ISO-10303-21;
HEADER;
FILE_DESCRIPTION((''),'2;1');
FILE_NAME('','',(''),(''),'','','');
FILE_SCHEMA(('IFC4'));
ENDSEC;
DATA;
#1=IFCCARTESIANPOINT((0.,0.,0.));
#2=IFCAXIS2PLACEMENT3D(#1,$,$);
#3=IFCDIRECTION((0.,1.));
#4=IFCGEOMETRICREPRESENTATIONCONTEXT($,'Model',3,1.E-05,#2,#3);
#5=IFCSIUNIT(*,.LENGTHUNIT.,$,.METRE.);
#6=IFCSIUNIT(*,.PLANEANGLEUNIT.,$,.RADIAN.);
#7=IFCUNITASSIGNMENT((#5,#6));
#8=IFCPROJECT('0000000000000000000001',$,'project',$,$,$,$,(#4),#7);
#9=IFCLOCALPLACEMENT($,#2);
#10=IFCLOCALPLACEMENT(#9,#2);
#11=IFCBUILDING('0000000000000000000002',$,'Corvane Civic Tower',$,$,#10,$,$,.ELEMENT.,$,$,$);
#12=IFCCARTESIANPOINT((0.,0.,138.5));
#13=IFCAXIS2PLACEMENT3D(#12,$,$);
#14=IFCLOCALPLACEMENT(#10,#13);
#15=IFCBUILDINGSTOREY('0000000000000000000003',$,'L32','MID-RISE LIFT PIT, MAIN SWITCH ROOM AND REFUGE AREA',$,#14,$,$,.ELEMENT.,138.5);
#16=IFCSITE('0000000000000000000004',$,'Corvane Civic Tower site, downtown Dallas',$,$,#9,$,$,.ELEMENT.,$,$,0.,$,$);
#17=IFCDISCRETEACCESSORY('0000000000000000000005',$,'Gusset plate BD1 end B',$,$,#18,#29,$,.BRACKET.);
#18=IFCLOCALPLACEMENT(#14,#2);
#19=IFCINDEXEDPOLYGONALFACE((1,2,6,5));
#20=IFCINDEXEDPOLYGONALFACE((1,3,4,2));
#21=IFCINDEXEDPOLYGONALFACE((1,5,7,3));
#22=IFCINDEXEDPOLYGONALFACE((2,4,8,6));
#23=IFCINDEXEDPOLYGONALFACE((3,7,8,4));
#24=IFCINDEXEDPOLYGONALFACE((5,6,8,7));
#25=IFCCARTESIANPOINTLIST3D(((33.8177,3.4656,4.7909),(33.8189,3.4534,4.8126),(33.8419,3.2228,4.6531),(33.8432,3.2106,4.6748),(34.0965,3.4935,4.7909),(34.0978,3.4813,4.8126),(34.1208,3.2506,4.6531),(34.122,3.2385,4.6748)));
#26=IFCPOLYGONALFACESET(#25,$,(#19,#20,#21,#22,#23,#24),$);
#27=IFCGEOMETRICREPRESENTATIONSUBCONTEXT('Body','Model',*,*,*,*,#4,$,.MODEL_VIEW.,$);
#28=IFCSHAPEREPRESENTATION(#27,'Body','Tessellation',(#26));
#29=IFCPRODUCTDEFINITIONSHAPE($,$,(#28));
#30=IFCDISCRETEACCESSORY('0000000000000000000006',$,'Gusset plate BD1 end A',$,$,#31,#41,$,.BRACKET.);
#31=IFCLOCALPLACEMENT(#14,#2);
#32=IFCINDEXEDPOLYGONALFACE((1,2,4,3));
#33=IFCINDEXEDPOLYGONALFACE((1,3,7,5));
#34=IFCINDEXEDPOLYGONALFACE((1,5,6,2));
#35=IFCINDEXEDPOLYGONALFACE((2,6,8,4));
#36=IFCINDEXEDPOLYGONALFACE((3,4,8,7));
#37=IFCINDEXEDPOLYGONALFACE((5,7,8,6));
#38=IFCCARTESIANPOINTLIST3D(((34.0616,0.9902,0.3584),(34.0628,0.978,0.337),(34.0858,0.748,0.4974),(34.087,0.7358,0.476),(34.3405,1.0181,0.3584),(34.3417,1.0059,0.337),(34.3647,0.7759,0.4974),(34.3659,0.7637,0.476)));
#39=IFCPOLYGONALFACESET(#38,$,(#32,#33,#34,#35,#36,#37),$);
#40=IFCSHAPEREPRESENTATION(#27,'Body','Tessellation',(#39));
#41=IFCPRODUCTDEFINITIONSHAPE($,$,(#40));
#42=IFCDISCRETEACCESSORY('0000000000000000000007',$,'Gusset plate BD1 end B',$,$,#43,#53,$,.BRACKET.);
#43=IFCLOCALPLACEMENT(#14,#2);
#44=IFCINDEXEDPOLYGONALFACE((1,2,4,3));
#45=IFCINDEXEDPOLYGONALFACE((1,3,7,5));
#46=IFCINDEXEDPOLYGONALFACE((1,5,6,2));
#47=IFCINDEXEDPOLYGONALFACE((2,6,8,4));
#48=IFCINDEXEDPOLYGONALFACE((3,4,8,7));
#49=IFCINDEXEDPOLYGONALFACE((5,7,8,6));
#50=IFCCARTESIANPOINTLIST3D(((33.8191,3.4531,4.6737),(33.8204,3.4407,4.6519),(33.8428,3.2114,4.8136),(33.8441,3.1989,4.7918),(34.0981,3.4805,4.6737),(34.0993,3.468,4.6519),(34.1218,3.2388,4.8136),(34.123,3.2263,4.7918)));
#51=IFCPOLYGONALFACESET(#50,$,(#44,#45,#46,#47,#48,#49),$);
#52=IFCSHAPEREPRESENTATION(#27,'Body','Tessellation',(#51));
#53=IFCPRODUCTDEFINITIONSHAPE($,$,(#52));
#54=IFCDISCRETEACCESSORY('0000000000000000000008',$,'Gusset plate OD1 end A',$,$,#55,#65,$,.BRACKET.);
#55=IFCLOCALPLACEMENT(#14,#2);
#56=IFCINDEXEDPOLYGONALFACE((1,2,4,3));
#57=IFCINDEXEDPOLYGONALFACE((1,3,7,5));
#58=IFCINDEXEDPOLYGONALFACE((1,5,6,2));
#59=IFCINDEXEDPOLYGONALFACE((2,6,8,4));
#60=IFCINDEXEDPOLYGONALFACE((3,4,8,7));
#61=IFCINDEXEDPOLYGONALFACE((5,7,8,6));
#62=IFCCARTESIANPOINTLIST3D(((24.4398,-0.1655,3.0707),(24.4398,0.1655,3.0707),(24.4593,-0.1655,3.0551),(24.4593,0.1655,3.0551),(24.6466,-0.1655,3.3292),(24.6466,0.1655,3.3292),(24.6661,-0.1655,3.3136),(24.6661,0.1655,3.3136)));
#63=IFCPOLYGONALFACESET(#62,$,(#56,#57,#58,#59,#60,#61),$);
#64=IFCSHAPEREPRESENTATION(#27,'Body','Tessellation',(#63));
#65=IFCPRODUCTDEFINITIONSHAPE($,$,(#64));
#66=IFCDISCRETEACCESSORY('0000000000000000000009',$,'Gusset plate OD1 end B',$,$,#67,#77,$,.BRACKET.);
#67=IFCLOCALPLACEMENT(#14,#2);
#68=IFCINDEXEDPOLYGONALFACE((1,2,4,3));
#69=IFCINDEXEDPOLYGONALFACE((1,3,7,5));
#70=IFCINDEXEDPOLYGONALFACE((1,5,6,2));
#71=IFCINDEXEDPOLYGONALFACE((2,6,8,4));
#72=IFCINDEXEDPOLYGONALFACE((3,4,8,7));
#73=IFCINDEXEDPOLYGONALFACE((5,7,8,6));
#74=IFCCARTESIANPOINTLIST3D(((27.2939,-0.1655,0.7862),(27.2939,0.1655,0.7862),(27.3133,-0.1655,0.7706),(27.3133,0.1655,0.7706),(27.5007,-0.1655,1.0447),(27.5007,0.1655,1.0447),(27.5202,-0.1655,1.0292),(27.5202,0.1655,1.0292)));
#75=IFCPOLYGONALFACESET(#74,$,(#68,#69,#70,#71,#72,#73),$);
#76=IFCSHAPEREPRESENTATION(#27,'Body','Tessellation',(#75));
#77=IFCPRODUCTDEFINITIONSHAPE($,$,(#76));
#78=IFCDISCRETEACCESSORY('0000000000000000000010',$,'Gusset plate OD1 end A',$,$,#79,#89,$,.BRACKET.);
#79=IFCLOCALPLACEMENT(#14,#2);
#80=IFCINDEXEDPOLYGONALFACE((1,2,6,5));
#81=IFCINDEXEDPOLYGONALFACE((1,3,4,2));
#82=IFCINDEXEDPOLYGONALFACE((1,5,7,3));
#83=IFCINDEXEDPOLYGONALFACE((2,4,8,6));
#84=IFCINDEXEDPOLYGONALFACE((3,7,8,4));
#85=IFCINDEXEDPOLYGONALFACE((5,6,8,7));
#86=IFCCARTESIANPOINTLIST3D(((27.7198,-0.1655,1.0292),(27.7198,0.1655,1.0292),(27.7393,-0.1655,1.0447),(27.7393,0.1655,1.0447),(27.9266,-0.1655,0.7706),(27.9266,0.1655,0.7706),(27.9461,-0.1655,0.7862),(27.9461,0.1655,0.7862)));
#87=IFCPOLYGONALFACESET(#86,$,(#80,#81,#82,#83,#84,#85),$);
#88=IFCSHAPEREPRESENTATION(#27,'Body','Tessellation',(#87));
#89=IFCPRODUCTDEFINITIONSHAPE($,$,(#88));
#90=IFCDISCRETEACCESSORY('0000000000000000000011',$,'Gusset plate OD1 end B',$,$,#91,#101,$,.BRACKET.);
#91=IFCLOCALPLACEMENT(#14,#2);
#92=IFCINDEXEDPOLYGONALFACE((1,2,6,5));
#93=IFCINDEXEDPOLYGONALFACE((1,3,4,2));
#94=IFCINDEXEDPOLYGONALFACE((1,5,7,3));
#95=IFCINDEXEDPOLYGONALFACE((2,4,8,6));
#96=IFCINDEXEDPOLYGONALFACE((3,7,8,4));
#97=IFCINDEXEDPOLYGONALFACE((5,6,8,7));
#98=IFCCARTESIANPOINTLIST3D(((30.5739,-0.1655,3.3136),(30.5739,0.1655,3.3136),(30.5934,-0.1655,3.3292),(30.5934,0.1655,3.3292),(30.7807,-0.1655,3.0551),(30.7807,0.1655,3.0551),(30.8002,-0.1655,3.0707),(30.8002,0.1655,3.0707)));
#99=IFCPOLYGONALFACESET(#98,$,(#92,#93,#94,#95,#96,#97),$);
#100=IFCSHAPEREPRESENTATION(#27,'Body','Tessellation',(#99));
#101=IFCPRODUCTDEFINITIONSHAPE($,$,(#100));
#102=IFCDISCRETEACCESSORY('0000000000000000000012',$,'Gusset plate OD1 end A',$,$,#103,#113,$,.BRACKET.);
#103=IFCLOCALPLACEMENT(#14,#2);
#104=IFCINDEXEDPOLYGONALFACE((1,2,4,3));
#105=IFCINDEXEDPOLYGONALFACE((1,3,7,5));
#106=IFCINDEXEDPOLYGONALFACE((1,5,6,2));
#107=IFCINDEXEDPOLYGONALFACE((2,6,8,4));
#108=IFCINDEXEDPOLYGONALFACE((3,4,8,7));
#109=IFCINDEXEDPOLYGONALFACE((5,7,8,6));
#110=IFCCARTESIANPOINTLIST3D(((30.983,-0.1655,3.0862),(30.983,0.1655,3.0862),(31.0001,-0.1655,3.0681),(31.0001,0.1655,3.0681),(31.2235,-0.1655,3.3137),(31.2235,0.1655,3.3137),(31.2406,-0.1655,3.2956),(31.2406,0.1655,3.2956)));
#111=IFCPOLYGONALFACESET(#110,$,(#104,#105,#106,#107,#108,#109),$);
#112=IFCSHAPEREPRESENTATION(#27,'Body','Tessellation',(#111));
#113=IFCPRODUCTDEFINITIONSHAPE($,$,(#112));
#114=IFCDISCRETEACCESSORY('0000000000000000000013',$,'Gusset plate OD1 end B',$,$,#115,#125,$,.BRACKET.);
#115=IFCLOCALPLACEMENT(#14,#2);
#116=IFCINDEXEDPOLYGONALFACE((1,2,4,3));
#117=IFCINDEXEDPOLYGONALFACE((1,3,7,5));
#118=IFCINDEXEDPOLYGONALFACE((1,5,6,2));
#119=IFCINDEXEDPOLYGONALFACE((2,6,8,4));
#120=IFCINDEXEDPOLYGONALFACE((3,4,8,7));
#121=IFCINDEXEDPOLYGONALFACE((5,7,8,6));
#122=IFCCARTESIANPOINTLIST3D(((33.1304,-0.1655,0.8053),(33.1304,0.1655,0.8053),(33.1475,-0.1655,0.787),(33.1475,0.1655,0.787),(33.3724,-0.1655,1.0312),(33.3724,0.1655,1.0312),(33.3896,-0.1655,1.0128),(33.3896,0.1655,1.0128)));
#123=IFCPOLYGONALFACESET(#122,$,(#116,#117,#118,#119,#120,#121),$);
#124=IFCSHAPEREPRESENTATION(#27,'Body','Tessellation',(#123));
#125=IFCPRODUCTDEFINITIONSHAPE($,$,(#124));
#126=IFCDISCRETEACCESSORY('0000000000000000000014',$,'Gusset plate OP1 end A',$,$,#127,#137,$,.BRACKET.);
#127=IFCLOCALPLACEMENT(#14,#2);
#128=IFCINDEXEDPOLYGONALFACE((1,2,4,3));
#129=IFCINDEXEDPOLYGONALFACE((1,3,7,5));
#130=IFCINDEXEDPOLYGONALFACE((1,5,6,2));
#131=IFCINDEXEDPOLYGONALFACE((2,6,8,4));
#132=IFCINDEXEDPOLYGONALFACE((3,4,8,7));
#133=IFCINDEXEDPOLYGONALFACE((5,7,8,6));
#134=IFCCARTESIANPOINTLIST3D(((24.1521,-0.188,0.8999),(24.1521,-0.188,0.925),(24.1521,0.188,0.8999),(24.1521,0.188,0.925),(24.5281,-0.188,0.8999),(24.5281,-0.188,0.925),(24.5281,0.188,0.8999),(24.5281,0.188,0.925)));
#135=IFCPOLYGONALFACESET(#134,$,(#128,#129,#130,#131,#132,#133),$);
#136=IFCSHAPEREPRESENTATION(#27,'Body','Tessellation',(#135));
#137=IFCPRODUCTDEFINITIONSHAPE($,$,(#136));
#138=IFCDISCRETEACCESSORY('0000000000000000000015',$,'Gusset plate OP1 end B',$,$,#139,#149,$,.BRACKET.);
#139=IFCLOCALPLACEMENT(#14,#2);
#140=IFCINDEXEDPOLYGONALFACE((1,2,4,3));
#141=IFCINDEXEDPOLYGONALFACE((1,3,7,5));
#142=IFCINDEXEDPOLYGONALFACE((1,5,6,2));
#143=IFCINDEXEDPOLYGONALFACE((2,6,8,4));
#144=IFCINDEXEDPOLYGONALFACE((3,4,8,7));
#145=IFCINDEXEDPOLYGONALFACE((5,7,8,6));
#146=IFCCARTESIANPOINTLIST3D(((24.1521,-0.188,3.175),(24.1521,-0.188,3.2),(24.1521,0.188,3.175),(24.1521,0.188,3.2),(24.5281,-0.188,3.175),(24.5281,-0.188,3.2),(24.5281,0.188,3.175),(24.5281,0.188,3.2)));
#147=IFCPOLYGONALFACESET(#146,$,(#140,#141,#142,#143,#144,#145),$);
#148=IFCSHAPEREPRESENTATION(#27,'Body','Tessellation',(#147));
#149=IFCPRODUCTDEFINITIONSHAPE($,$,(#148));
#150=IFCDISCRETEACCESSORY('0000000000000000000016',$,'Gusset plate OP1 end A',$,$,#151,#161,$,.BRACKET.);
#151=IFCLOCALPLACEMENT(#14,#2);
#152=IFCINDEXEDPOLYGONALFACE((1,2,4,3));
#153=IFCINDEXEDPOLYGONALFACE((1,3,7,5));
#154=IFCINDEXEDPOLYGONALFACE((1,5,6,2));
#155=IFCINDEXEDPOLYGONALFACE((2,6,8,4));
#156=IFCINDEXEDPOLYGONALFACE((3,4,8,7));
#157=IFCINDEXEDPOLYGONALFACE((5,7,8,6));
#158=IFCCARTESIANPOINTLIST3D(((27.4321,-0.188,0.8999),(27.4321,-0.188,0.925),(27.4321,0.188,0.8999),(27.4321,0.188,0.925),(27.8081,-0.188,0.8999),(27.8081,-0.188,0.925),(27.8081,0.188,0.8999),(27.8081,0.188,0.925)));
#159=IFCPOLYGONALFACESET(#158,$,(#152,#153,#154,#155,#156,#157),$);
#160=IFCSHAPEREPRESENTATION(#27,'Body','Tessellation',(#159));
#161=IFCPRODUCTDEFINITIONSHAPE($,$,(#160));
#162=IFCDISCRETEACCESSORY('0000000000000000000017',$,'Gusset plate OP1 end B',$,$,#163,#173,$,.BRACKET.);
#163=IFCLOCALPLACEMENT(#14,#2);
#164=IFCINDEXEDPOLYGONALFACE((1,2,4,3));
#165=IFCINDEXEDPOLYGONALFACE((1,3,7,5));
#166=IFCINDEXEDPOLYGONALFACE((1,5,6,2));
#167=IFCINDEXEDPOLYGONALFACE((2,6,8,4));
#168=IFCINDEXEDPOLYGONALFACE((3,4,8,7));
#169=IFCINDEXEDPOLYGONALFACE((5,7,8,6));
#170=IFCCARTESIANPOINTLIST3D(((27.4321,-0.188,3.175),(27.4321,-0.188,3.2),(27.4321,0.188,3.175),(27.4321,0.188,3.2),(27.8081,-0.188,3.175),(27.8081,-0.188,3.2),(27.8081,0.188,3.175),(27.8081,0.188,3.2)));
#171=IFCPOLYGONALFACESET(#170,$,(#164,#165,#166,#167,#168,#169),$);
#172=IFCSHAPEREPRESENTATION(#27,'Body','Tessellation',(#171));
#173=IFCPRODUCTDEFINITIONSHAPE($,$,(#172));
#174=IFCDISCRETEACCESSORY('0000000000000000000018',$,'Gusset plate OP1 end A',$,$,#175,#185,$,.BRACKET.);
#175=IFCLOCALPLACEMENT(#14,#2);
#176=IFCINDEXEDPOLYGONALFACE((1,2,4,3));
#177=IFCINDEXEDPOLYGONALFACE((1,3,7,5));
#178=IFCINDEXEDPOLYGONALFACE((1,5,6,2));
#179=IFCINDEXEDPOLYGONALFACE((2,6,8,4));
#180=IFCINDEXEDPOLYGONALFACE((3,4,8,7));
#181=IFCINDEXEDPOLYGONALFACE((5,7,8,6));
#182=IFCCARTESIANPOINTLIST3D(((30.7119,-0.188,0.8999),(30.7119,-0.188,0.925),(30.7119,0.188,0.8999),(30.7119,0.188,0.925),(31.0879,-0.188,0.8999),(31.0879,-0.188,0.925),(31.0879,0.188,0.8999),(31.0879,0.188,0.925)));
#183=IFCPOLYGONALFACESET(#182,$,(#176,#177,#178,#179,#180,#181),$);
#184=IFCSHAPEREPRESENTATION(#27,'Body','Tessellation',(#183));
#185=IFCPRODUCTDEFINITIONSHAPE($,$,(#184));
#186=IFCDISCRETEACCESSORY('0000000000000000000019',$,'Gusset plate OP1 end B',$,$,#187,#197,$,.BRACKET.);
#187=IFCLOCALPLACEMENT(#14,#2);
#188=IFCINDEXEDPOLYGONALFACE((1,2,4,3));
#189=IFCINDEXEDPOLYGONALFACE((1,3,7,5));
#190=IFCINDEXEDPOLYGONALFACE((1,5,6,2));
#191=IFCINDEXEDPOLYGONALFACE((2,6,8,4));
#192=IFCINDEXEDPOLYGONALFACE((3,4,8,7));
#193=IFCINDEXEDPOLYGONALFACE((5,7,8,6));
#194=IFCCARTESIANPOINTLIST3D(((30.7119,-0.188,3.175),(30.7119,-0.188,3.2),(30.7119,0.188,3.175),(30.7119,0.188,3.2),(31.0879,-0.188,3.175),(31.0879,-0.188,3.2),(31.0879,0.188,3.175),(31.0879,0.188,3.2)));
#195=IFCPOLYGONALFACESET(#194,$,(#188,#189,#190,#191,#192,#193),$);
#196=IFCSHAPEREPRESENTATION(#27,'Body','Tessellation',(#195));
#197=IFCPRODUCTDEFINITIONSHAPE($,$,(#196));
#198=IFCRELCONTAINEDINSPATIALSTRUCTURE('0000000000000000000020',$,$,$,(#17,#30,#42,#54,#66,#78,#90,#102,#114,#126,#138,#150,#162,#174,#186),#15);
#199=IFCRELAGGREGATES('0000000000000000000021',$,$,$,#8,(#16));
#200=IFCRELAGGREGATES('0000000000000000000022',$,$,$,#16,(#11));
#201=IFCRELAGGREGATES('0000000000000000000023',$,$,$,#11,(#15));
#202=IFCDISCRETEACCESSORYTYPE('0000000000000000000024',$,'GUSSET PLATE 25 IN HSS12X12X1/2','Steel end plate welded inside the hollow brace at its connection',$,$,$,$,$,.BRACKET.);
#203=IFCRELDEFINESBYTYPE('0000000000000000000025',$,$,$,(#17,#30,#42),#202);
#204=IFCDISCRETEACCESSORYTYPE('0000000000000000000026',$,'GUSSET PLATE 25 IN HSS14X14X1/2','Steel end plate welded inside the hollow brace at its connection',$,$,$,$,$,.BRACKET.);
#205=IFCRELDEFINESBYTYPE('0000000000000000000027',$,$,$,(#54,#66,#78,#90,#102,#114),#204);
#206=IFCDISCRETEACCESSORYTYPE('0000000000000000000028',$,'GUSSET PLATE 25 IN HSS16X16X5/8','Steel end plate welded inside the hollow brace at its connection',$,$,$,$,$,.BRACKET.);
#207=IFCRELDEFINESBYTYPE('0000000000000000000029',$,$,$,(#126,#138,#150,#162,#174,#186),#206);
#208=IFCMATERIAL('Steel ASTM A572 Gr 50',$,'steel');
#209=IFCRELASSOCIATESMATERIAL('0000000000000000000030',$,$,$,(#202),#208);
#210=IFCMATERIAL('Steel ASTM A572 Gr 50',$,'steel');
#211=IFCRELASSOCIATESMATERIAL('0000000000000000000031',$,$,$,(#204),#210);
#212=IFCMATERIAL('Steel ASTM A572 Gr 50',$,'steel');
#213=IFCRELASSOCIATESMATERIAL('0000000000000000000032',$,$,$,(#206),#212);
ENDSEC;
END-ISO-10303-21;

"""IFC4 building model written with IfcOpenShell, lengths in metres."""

from ifc_helpers import new_model, si_unit, direction, frame, origin, origin_2d, place, context, subcontext, project, spatial, rectangle, extrude, material, material_profile, profile_set, type_object, element, save


model = new_model("IFC4")

# Units and contexts
model_context = context("Model", 3, precision=1e-05, world=origin(), true_north=direction((0.0, 1.0)))
body_context = subcontext(model_context, "Body", "Model", "MODEL_VIEW")
ifc_project = project(units=[si_unit("LENGTHUNIT", "METRE"), si_unit("PLANEANGLEUNIT", "RADIAN")], contexts=[model_context])

# Site, building, storey
site_placement = place(None, origin())
site = spatial("IfcSite", under=ifc_project, at=site_placement, Name="Corvane Civic Tower site, downtown Dallas", CompositionType="ELEMENT", RefElevation=0.0)
building_placement = place(site_placement, origin())
building = spatial("IfcBuilding", under=site, at=building_placement, Name="Corvane Civic Tower", CompositionType="ELEMENT")
storey_placement = place(building_placement, frame((0.0, 0.0, 138.5)))
storey = spatial("IfcBuildingStorey", under=building, at=storey_placement, Name="L32", Description="MID-RISE LIFT PIT, MAIN SWITCH ROOM AND REFUGE AREA", CompositionType="ELEMENT", Elevation=138.5)

# Discrete accessories
ifc_material_1 = material(Name="Steel ASTM A572 Gr 50", Category="steel")
ifc_material_profile_1 = material_profile(ifc_material_1, rectangle(XDim=0.2803, YDim=0.2803, at=origin_2d()), Name="GUSSET PLATE 25 IN HSS12X12X1/2")
ifc_profile_set_1 = profile_set([ifc_material_profile_1], Name="Steel ASTM A572 Gr 50")
discrete_accessory_type_1 = type_object("IfcDiscreteAccessoryType", Name="GUSSET PLATE 25 IN HSS12X12X1/2", Description="Steel end plate welded inside the hollow brace at its connection", PredefinedType="BRACKET", material=ifc_profile_set_1)
discrete_accessory_1_placement = place(storey_placement, frame((33.9705, 3.3459, 4.7437), z_axis=(-0.048921, 0.48921, -0.870793), x_axis=(-0.995037, -0.099504, 0.0)))
element("IfcDiscreteAccessory", 1, at=discrete_accessory_1_placement, inside=storey, type_object=discrete_accessory_type_1, Name="Gusset plate BD1 end B", PredefinedType="BRACKET", context=body_context, shape_type="SweptSolid", body=[
    extrude(rectangle(XDim=0.2803, YDim=0.2803, at=origin_2d()), origin(), (0.0, 0.0, 1.0), 0.0249),
])
discrete_accessory_2_placement = place(storey_placement, frame((34.2144, 0.8708, 0.4065), z_axis=(-0.049341, 0.493408, 0.868398), x_axis=(-0.995037, -0.099504, 0.0)))
element("IfcDiscreteAccessory", 2, at=discrete_accessory_2_placement, inside=storey, type_object=discrete_accessory_type_1, Name="Gusset plate BD1 end A", PredefinedType="BRACKET", context=body_context, shape_type="SweptSolid", body=[
    extrude(rectangle(XDim=0.2803, YDim=0.2803, at=origin_2d()), origin(), (0.0, 0.0, 1.0), 0.0247),
])
discrete_accessory_3_placement = place(storey_placement, frame((33.9705, 3.3459, 4.7437), z_axis=(0.048686, -0.496599, -0.866614), x_axis=(0.995229, 0.097571, 0.0)))
element("IfcDiscreteAccessory", 3, at=discrete_accessory_3_placement, inside=storey, type_object=discrete_accessory_type_1, Name="Gusset plate BD1 end B", PredefinedType="BRACKET", context=body_context, shape_type="SweptSolid", body=[
    extrude(rectangle(XDim=0.2803, YDim=0.2803, at=origin_2d()), origin(), (0.0, 0.0, 1.0), 0.0251),
])
ifc_material_2 = material(Name="Steel ASTM A572 Gr 50", Category="steel")
ifc_material_profile_2 = material_profile(ifc_material_2, rectangle(XDim=0.3311, YDim=0.3311, at=origin_2d()), Name="GUSSET PLATE 25 IN HSS14X14X1/2")
ifc_profile_set_2 = profile_set([ifc_material_profile_2], Name="Steel ASTM A572 Gr 50")
discrete_accessory_type_2 = type_object("IfcDiscreteAccessoryType", Name="GUSSET PLATE 25 IN HSS14X14X1/2", Description="Steel end plate welded inside the hollow brace at its connection", PredefinedType="BRACKET", material=ifc_profile_set_2)
for number, where, z_axis, x_axis, name in (
    (4, (24.5432, 0.0, 3.2), (0.780869, 0.0, -0.624695), (0.0, 1.0, 0.0), "Gusset plate OD1 end A"),
    (5, (27.4167, 0.0, 0.8999), (-0.780869, 0.0, 0.624695), (0.0, -1.0, 0.0), "Gusset plate OD1 end B"),
    (6, (27.8232, 0.0, 0.8999), (0.780869, 0.0, 0.624695), (0.0, 1.0, 0.0), "Gusset plate OD1 end A"),
    (7, (30.6968, 0.0, 3.2), (-0.780869, 0.0, -0.624695), (0.0, -1.0, 0.0), "Gusset plate OD1 end B"),
    (8, (31.1033, 0.0, 3.2), (0.6872, 0.0, -0.726468), (0.0, 1.0, 0.0), "Gusset plate OD1 end A"),
):
    element("IfcDiscreteAccessory", number, at=place(storey_placement, frame(where, z_axis=z_axis, x_axis=x_axis)), inside=storey, type_object=discrete_accessory_type_2, Name=name, PredefinedType="BRACKET", context=body_context, shape_type="SweptSolid", body=[
        extrude(rectangle(XDim=0.3311, YDim=0.3311, at=origin_2d()), origin(), (0.0, 0.0, 1.0), 0.0249),
    ])
discrete_accessory_4_placement = place(storey_placement, frame((33.2686, 0.0, 0.8999), z_axis=(-0.682318, 0.0, 0.731055), x_axis=(0.0, -1.0, 0.0)))
element("IfcDiscreteAccessory", 9, at=discrete_accessory_4_placement, inside=storey, type_object=discrete_accessory_type_2, Name="Gusset plate OD1 end B", PredefinedType="BRACKET", context=body_context, shape_type="SweptSolid", body=[
    extrude(rectangle(XDim=0.3311, YDim=0.3311, at=origin_2d()), origin(), (0.0, 0.0, 1.0), 0.0251),
])
ifc_material_3 = material(Name="Steel ASTM A572 Gr 50", Category="steel")
ifc_material_profile_3 = material_profile(ifc_material_3, rectangle(XDim=0.376, YDim=0.376, at=origin_2d()), Name="GUSSET PLATE 25 IN HSS16X16X5/8")
ifc_profile_set_3 = profile_set([ifc_material_profile_3], Name="Steel ASTM A572 Gr 50")
discrete_accessory_type_3 = type_object("IfcDiscreteAccessoryType", Name="GUSSET PLATE 25 IN HSS16X16X5/8", Description="Steel end plate welded inside the hollow brace at its connection", PredefinedType="BRACKET", material=ifc_profile_set_3)
discrete_accessory_5_placement = place(storey_placement, frame((24.3401, 0.0, 0.8999), z_axis=(0.0, 0.0, 1.0), x_axis=(1.0, 0.0, 0.0)))
element("IfcDiscreteAccessory", 10, at=discrete_accessory_5_placement, inside=storey, type_object=discrete_accessory_type_3, Name="Gusset plate OP1 end A", PredefinedType="BRACKET", context=body_context, shape_type="SweptSolid", body=[
    extrude(rectangle(XDim=0.376, YDim=0.376, at=origin_2d()), origin(), (0.0, 0.0, 1.0), 0.0251),
])
discrete_accessory_6_placement = place(storey_placement, frame((24.3401, 0.0, 3.2), z_axis=(0.0, 0.0, -1.0), x_axis=(1.0, 0.0, 0.0)))
element("IfcDiscreteAccessory", 11, at=discrete_accessory_6_placement, inside=storey, type_object=discrete_accessory_type_3, Name="Gusset plate OP1 end B", PredefinedType="BRACKET", context=body_context, shape_type="SweptSolid", body=[
    extrude(rectangle(XDim=0.376, YDim=0.376, at=origin_2d()), origin(), (0.0, 0.0, 1.0), 0.0249),
])
discrete_accessory_7_placement = place(storey_placement, frame((27.6201, 0.0, 0.8999), z_axis=(0.0, 0.0, 1.0), x_axis=(1.0, 0.0, 0.0)))
element("IfcDiscreteAccessory", 12, at=discrete_accessory_7_placement, inside=storey, type_object=discrete_accessory_type_3, Name="Gusset plate OP1 end A", PredefinedType="BRACKET", context=body_context, shape_type="SweptSolid", body=[
    extrude(rectangle(XDim=0.376, YDim=0.376, at=origin_2d()), origin(), (0.0, 0.0, 1.0), 0.0251),
])
discrete_accessory_8_placement = place(storey_placement, frame((27.6201, 0.0, 3.2), z_axis=(0.0, 0.0, -1.0), x_axis=(1.0, 0.0, 0.0)))
element("IfcDiscreteAccessory", 13, at=discrete_accessory_8_placement, inside=storey, type_object=discrete_accessory_type_3, Name="Gusset plate OP1 end B", PredefinedType="BRACKET", context=body_context, shape_type="SweptSolid", body=[
    extrude(rectangle(XDim=0.376, YDim=0.376, at=origin_2d()), origin(), (0.0, 0.0, 1.0), 0.0249),
])
discrete_accessory_9_placement = place(storey_placement, frame((30.8999, 0.0, 0.8999), z_axis=(0.0, 0.0, 1.0), x_axis=(1.0, 0.0, 0.0)))
element("IfcDiscreteAccessory", 14, at=discrete_accessory_9_placement, inside=storey, type_object=discrete_accessory_type_3, Name="Gusset plate OP1 end A", PredefinedType="BRACKET", context=body_context, shape_type="SweptSolid", body=[
    extrude(rectangle(XDim=0.376, YDim=0.376, at=origin_2d()), origin(), (0.0, 0.0, 1.0), 0.0251),
])
discrete_accessory_10_placement = place(storey_placement, frame((30.8999, 0.0, 3.2), z_axis=(0.0, 0.0, -1.0), x_axis=(1.0, 0.0, 0.0)))
element("IfcDiscreteAccessory", 15, at=discrete_accessory_10_placement, inside=storey, type_object=discrete_accessory_type_3, Name="Gusset plate OP1 end B", PredefinedType="BRACKET", context=body_context, shape_type="SweptSolid", body=[
    extrude(rectangle(XDim=0.376, YDim=0.376, at=origin_2d()), origin(), (0.0, 0.0, 1.0), 0.0249),
])

save(model, "model.ifc")
